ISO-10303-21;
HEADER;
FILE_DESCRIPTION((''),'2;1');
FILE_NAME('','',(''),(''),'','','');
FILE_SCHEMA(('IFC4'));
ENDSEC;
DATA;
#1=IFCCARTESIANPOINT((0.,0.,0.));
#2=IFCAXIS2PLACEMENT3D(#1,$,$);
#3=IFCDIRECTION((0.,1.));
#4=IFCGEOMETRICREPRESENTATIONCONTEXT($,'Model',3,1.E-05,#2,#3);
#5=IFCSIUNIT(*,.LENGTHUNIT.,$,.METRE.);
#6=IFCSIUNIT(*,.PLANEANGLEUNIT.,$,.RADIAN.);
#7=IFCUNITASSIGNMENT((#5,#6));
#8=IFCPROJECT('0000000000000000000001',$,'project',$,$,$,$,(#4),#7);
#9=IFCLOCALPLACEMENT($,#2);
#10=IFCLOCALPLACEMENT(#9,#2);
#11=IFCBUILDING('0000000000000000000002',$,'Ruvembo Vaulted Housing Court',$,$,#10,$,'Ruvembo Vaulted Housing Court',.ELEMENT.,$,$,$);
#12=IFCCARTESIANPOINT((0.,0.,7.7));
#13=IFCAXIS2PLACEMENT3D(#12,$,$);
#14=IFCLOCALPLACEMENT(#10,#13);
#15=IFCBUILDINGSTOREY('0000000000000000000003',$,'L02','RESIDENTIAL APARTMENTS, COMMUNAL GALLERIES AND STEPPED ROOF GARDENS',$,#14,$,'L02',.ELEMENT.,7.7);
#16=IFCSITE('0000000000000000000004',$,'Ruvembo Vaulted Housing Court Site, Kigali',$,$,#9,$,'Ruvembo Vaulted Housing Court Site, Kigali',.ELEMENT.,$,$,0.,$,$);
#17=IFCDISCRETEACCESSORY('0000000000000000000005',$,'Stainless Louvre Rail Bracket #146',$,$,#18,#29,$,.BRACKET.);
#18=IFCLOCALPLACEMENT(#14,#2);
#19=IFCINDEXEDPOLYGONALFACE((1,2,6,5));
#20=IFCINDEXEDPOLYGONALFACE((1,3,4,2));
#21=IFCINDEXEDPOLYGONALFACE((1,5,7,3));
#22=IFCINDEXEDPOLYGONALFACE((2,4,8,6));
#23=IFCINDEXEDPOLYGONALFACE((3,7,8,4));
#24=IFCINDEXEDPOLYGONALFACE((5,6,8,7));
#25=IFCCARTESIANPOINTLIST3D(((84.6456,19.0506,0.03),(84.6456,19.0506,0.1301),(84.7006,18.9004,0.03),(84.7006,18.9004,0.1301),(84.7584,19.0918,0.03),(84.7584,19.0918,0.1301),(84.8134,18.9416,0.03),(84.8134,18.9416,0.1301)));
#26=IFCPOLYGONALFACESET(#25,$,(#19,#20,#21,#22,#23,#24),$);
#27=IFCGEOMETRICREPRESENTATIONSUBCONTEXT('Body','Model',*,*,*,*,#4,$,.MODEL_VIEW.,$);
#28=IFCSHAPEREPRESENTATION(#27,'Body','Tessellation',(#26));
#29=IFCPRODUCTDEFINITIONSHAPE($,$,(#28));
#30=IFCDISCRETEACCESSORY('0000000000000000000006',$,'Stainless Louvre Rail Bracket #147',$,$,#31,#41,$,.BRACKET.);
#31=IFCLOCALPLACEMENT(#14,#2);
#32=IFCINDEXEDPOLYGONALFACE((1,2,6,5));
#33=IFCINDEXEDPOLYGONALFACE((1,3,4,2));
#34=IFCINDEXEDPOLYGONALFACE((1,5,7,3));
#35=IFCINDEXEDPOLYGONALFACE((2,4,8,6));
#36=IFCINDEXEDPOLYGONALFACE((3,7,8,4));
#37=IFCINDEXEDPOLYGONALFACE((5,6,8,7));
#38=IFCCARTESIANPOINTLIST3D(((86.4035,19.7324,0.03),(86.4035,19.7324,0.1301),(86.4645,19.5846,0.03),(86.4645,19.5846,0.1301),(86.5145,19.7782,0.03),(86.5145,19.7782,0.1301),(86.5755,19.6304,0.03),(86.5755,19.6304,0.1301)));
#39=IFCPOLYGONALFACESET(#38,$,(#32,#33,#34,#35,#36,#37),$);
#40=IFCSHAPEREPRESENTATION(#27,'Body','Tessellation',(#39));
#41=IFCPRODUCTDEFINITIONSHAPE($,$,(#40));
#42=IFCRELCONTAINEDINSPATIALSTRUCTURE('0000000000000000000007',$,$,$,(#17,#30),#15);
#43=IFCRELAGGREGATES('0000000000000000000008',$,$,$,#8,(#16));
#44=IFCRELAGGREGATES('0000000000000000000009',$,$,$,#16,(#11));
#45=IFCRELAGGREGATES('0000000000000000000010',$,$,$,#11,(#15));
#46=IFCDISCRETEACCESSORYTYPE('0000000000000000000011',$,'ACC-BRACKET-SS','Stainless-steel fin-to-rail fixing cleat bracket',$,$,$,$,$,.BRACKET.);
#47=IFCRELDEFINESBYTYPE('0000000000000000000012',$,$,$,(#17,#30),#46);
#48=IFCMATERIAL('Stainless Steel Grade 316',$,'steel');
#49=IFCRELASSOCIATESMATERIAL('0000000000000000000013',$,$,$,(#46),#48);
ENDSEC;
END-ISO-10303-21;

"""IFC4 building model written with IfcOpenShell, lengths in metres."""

from ifc_helpers import new_model, si_unit, direction, frame, origin, origin_2d, place, context, subcontext, project, spatial, rectangle, extrude, material, type_object, element, save


model = new_model("IFC4")

# Units and contexts
model_context = context("Model", 3, precision=1e-05, world=origin(), true_north=direction((0.0, 1.0)))
body_context = subcontext(model_context, "Body", "Model", "MODEL_VIEW")
ifc_project = project(units=[si_unit("LENGTHUNIT", "METRE"), si_unit("PLANEANGLEUNIT", "RADIAN")], contexts=[model_context])

# Site, building, storey
site_placement = place(None, origin())
site = spatial("IfcSite", under=ifc_project, at=site_placement, Name="Ruvembo Vaulted Housing Court Site, Kigali", LongName="Ruvembo Vaulted Housing Court Site, Kigali", CompositionType="ELEMENT", RefElevation=0.0)
building_placement = place(site_placement, origin())
building = spatial("IfcBuilding", under=site, at=building_placement, Name="Ruvembo Vaulted Housing Court", LongName="Ruvembo Vaulted Housing Court", CompositionType="ELEMENT")
storey_placement = place(building_placement, frame((0.0, 0.0, 7.7)))
storey = spatial("IfcBuildingStorey", under=building, at=storey_placement, Name="L02", Description="RESIDENTIAL APARTMENTS, COMMUNAL GALLERIES AND STEPPED ROOF GARDENS", LongName="L02", CompositionType="ELEMENT", Elevation=7.7)

# Discrete accessories
ifc_material_1 = material(Name="Stainless Steel Grade 316", Category="steel")
discrete_accessory_type = type_object("IfcDiscreteAccessoryType", Name="ACC-BRACKET-SS", Description="Stainless-steel fin-to-rail fixing cleat bracket", PredefinedType="BRACKET", material=ifc_material_1)
for number, where, z_axis, x_axis, name in (
    (1, (84.7295, 18.9961, 0.03), (0.0, 0.0, 1.0), (0.343512, -0.939148, 0.0), "Stainless Louvre Rail Bracket #146"),
    (2, (86.4895, 19.6814, 0.03), (0.0, 0.0, 1.0), (0.381958, -0.92418, 0.0), "Stainless Louvre Rail Bracket #147"),
):
    element("IfcDiscreteAccessory", number, at=place(storey_placement, frame(where, z_axis=z_axis, x_axis=x_axis)), inside=storey, type_object=discrete_accessory_type, Name=name, PredefinedType="BRACKET", context=body_context, shape_type="SweptSolid", body=[
        extrude(rectangle(XDim=0.1599, YDim=0.1201, at=origin_2d()), origin(), (0.0, 0.0, 1.0), 0.1001),
    ])

save(model, "model.ifc")
